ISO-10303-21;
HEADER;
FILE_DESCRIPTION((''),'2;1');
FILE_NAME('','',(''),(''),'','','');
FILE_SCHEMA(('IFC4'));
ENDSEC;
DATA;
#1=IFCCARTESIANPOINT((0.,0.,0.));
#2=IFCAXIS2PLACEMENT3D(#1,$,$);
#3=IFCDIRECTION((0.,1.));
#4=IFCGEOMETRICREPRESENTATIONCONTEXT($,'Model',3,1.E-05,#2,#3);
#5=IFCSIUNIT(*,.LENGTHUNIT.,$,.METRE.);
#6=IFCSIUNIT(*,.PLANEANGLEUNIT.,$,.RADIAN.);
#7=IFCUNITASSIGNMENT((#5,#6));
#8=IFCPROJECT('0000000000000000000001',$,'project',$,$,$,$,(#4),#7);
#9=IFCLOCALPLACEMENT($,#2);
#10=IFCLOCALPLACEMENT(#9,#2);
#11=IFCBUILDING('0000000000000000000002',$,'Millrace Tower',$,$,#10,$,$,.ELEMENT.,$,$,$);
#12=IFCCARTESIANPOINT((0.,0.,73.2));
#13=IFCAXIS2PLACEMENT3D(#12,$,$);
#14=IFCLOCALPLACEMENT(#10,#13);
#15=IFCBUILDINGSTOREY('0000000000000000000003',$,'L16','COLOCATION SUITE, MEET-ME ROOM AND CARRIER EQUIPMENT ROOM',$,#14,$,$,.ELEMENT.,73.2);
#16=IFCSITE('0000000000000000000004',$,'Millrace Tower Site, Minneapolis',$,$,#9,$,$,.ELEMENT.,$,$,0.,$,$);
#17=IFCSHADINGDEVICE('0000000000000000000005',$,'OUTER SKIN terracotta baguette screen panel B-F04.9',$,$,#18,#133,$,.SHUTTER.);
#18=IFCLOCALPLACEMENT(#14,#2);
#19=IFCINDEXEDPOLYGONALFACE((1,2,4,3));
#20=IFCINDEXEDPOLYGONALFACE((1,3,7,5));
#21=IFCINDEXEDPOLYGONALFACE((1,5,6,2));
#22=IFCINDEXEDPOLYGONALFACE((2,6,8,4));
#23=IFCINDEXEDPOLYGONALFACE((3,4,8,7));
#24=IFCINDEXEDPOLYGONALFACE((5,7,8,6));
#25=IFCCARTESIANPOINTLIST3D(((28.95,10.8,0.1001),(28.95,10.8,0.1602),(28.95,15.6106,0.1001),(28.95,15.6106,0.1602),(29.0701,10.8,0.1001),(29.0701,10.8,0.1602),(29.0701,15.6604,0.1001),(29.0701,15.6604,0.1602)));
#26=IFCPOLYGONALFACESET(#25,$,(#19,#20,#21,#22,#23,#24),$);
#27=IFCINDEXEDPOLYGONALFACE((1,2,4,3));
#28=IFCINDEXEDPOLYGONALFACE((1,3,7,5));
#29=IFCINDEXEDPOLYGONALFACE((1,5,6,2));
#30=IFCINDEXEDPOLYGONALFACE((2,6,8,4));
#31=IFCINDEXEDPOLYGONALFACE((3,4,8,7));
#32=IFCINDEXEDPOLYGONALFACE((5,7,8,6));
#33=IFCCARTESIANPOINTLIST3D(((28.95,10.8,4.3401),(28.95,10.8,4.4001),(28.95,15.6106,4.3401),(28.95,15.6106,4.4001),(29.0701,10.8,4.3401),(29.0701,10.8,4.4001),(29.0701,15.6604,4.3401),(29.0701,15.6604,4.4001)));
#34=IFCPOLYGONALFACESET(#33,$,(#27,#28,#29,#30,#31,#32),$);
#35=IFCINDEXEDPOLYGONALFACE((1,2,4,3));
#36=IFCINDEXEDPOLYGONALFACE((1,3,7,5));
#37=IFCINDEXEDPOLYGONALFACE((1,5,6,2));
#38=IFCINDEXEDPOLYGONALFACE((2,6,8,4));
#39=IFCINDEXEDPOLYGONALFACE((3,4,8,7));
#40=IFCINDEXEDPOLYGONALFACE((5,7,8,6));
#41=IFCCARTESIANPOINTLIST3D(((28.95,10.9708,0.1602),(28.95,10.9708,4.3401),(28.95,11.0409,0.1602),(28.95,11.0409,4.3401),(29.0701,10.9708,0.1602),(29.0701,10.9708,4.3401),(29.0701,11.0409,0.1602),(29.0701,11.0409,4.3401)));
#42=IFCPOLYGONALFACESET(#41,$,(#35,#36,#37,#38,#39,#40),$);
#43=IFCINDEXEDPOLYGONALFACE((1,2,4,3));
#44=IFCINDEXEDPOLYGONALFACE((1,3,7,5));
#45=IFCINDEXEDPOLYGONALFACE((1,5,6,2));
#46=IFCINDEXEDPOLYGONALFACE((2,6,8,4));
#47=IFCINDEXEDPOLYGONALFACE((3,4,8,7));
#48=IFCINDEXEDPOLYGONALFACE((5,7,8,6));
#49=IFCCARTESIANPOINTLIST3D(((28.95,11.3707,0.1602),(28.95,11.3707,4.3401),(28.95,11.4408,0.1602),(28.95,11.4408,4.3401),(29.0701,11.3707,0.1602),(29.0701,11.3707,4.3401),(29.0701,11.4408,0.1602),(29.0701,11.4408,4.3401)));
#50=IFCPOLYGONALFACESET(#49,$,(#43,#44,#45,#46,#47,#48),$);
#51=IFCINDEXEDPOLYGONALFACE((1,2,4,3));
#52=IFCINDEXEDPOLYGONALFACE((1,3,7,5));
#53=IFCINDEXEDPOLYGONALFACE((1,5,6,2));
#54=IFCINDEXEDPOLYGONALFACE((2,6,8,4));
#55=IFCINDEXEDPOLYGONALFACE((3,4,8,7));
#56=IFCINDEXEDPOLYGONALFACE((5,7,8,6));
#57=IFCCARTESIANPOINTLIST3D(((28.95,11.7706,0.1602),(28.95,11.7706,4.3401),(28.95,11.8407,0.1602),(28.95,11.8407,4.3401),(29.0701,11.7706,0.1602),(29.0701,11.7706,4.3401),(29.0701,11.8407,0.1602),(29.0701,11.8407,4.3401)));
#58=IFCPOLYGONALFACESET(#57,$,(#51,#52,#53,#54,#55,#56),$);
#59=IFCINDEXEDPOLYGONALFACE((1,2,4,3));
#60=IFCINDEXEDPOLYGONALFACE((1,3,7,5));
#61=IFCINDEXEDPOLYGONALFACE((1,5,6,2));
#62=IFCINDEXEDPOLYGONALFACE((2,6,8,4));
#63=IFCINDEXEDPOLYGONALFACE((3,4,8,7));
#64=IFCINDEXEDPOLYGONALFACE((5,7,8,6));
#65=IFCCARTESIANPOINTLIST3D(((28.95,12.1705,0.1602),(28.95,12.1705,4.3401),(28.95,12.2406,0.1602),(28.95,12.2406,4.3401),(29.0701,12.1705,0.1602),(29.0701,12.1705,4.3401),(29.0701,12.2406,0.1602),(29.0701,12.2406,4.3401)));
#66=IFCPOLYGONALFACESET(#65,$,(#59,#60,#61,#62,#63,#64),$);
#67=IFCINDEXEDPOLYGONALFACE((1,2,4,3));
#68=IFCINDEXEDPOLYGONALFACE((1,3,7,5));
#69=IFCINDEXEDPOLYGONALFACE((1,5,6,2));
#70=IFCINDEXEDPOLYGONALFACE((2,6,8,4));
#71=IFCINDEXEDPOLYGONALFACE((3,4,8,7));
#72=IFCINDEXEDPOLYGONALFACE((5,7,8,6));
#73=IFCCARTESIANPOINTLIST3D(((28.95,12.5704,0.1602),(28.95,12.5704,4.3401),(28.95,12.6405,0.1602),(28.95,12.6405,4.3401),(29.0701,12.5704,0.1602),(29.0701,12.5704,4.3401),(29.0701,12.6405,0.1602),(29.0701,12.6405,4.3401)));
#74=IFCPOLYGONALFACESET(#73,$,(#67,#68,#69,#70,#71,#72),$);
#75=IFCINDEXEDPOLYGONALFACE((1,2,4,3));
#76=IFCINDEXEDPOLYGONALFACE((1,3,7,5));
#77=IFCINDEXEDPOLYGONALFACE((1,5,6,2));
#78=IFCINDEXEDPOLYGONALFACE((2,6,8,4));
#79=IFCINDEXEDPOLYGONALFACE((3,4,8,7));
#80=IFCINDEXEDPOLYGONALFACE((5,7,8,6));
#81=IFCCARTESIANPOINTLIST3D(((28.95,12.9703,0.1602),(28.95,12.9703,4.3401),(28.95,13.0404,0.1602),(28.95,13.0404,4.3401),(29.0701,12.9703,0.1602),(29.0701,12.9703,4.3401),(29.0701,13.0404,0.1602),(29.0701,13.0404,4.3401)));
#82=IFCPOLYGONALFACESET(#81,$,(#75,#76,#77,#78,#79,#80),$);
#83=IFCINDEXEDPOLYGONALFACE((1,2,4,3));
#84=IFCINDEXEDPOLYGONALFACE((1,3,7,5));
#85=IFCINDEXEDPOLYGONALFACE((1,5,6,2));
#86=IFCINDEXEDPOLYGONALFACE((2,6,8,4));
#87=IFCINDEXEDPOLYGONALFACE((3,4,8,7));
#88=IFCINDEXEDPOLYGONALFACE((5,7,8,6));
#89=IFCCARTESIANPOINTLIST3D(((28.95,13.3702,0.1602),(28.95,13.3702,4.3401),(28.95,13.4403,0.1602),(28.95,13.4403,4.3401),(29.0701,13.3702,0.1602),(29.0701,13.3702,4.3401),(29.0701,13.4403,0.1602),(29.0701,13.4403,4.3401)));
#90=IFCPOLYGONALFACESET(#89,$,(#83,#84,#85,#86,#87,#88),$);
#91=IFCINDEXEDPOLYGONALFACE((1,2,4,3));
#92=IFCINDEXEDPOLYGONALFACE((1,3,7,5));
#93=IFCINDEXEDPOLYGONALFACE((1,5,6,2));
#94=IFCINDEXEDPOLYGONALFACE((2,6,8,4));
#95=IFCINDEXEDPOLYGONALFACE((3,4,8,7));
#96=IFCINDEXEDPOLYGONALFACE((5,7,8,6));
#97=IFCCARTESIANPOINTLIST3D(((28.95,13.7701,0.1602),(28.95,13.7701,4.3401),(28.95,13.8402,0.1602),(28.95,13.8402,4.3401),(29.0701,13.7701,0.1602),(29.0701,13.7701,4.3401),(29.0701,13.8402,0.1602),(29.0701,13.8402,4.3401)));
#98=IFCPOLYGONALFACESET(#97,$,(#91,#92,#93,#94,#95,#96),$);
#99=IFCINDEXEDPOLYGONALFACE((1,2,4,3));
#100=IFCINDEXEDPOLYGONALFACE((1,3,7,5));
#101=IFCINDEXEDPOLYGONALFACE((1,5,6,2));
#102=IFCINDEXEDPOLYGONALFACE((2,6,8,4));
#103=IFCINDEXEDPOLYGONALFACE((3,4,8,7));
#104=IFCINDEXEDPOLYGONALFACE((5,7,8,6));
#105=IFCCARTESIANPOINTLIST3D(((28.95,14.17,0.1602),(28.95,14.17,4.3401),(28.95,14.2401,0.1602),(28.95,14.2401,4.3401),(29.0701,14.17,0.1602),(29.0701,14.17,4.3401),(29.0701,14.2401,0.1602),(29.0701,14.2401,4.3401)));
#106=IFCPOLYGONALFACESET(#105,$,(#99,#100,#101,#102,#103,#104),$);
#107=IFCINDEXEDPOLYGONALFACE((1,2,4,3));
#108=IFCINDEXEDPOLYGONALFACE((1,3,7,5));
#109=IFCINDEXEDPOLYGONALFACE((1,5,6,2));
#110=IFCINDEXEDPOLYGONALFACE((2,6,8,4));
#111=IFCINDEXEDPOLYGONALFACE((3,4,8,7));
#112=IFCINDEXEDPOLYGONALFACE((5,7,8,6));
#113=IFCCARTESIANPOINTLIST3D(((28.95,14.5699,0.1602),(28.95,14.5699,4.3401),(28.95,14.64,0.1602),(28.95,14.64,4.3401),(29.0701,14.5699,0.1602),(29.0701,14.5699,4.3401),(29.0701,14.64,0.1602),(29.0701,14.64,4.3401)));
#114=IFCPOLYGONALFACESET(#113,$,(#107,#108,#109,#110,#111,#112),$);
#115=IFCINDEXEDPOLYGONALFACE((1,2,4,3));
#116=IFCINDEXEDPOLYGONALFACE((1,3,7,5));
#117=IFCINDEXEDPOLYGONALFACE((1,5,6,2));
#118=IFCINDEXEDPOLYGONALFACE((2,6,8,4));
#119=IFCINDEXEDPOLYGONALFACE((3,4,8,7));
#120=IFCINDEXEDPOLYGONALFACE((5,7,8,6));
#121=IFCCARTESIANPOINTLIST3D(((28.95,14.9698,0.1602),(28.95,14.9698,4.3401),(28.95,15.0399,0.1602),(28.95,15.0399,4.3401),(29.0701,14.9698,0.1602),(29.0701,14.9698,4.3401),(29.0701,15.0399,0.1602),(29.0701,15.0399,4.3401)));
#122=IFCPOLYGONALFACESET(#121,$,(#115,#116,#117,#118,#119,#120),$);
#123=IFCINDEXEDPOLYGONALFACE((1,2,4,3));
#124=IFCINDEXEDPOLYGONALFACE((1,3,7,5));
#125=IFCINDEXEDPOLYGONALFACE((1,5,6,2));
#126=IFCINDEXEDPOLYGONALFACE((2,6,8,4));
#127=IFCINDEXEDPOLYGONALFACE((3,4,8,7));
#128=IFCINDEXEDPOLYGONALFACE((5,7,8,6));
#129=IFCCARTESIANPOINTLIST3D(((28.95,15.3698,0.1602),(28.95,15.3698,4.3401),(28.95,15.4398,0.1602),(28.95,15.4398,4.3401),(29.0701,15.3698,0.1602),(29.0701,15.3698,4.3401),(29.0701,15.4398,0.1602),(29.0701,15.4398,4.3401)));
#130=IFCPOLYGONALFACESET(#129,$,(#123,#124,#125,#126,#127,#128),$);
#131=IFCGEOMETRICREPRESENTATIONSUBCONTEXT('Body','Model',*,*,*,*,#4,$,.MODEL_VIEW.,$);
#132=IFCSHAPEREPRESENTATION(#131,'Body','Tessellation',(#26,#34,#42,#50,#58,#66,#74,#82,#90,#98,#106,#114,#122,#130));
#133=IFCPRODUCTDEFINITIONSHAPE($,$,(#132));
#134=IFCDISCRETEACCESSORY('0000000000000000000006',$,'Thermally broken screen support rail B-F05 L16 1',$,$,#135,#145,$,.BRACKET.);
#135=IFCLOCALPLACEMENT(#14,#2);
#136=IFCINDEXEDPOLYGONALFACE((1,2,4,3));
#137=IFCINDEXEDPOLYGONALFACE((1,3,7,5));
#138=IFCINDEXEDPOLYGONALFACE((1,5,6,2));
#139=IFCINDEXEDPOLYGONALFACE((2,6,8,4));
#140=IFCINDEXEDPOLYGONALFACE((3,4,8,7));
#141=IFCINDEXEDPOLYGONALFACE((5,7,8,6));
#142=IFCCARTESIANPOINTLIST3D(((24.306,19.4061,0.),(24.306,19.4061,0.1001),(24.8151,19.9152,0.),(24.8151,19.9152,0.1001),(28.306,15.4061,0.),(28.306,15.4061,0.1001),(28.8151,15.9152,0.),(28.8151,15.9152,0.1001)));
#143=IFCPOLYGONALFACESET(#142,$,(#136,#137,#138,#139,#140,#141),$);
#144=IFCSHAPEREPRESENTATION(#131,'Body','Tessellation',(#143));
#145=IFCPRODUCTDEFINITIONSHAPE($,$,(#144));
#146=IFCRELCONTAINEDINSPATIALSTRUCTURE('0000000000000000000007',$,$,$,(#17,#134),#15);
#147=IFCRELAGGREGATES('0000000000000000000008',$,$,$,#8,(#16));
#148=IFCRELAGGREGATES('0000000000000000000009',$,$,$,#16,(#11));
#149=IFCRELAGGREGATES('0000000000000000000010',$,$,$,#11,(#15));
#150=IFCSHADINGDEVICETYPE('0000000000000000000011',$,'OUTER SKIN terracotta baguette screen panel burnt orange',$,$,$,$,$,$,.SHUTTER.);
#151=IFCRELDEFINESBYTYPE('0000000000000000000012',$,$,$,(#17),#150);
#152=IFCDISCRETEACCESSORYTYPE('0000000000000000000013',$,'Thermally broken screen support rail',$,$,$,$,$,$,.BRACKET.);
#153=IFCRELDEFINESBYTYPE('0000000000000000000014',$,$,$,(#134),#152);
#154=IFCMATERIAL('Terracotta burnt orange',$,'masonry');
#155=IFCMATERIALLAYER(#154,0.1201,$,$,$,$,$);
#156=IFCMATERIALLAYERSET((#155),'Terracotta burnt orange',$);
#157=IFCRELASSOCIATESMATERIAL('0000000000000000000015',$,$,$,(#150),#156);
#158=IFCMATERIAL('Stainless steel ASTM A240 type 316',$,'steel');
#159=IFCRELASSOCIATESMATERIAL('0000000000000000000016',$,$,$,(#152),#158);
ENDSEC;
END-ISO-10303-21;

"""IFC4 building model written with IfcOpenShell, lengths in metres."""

from ifc_helpers import new_model, entity, si_unit, direction, frame, frame_2d, origin, origin_2d, place, context, subcontext, project, spatial, rectangle, extrude, source, transform, mapped, material, layer, layer_set, type_object, element, save


model = new_model("IFC4")

# Units and contexts
model_context = context("Model", 3, precision=1e-05, world=origin(), true_north=direction((0.0, 1.0)))
body_context = subcontext(model_context, "Body", "Model", "MODEL_VIEW")
ifc_project = project(units=[si_unit("LENGTHUNIT", "METRE"), si_unit("PLANEANGLEUNIT", "RADIAN")], contexts=[model_context])

# Site, building, storey
site_placement = place(None, origin())
site = spatial("IfcSite", under=ifc_project, at=site_placement, Name="Millrace Tower Site, Minneapolis", CompositionType="ELEMENT", RefElevation=0.0)
building_placement = place(site_placement, origin())
building = spatial("IfcBuilding", under=site, at=building_placement, Name="Millrace Tower", CompositionType="ELEMENT")
storey_placement = place(building_placement, frame((0.0, 0.0, 73.2)))
storey = spatial("IfcBuildingStorey", under=building, at=storey_placement, Name="L16", Description="COLOCATION SUITE, MEET-ME ROOM AND CARRIER EQUIPMENT ROOM", CompositionType="ELEMENT", Elevation=73.2)

# Shading device
ifc_material_1 = material(Name="Terracotta burnt orange", Category="masonry")
ifc_layer_1 = layer(ifc_material_1, 0.1201)
ifc_layer_set_1 = layer_set([ifc_layer_1], Name="Terracotta burnt orange")
shading_device_type = type_object("IfcShadingDeviceType", Name="OUTER SKIN terracotta baguette screen panel burnt orange", PredefinedType="SHUTTER", material=ifc_layer_set_1)
cartesian_point_1 = entity("IfcCartesianPoint", [-2.4177, 0.0601])
shared_polyline_1 = entity("IfcPolyline", [cartesian_point_1, entity("IfcCartesianPoint", [2.3928, 0.0601]), entity("IfcCartesianPoint", [2.4426, -0.0601]), entity("IfcCartesianPoint", [-2.4177, -0.0601]), cartesian_point_1])
shared_shape_1 = source(origin(), body_context, "Body", "SweptSolid", [
    entity("IfcExtrudedAreaSolid", entity("IfcArbitraryClosedProfileDef", "AREA", None, shared_polyline_1), entity("IfcAxis2Placement3D", entity("IfcCartesianPoint", [0.0, 0.0, 0.0])), entity("IfcDirection", [0.0, 0.0, 1.0]), 0.0601),
    entity("IfcExtrudedAreaSolid", entity("IfcArbitraryClosedProfileDef", "AREA", None, shared_polyline_1), entity("IfcAxis2Placement3D", entity("IfcCartesianPoint", [0.0, 0.0, 4.24])), entity("IfcDirection", [0.0, 0.0, 1.0]), 0.0601),
    extrude(rectangle(XDim=0.0701, YDim=0.1201, at=frame_2d((-2.2119, 0.0))), frame((0.0, 0.0, 0.0601)), (0.0, 0.0, 1.0), 4.1799),
    extrude(rectangle(XDim=0.0701, YDim=0.1201, at=frame_2d((-1.812, 0.0))), frame((0.0, 0.0, 0.0601)), (0.0, 0.0, 1.0), 4.1799),
    extrude(rectangle(XDim=0.0701, YDim=0.1201, at=frame_2d((-1.4121, 0.0))), frame((0.0, 0.0, 0.0601)), (0.0, 0.0, 1.0), 4.1799),
    extrude(rectangle(XDim=0.0701, YDim=0.1201, at=frame_2d((-1.0122, 0.0))), frame((0.0, 0.0, 0.0601)), (0.0, 0.0, 1.0), 4.1799),
    extrude(rectangle(XDim=0.0701, YDim=0.1201, at=frame_2d((-0.6123, 0.0))), frame((0.0, 0.0, 0.0601)), (0.0, 0.0, 1.0), 4.1799),
    extrude(rectangle(XDim=0.0701, YDim=0.1201, at=frame_2d((-0.2124, 0.0))), frame((0.0, 0.0, 0.0601)), (0.0, 0.0, 1.0), 4.1799),
    extrude(rectangle(XDim=0.0701, YDim=0.1201, at=frame_2d((0.1875, 0.0))), frame((0.0, 0.0, 0.0601)), (0.0, 0.0, 1.0), 4.1799),
    extrude(rectangle(XDim=0.0701, YDim=0.1201, at=frame_2d((0.5874, 0.0))), frame((0.0, 0.0, 0.0601)), (0.0, 0.0, 1.0), 4.1799),
    extrude(rectangle(XDim=0.0701, YDim=0.1201, at=frame_2d((0.9873, 0.0))), frame((0.0, 0.0, 0.0601)), (0.0, 0.0, 1.0), 4.1799),
    extrude(rectangle(XDim=0.0701, YDim=0.1201, at=frame_2d((1.3872, 0.0))), frame((0.0, 0.0, 0.0601)), (0.0, 0.0, 1.0), 4.1799),
    extrude(rectangle(XDim=0.0701, YDim=0.1201, at=frame_2d((1.7871, 0.0))), frame((0.0, 0.0, 0.0601)), (0.0, 0.0, 1.0), 4.1799),
    extrude(rectangle(XDim=0.0701, YDim=0.1201, at=frame_2d((2.187, 0.0))), frame((0.0, 0.0, 0.0601)), (0.0, 0.0, 1.0), 4.1799),
])
shading_device_1_placement = place(storey_placement, frame((29.01, 13.2178, 0.1001), z_axis=(0.0, 0.0, 1.0), x_axis=(0.0, 1.0, 0.0)))
element("IfcShadingDevice", 1, at=shading_device_1_placement, inside=storey, type_object=shading_device_type, Name="OUTER SKIN terracotta baguette screen panel B-F04.9", PredefinedType="SHUTTER", context=body_context, shape_type="MappedRepresentation", body=[
    mapped(shared_shape_1, transform((0.0, 0.0, 0.0), scale=1.0)),
])

# Discrete accessory
ifc_material_2 = material(Name="Stainless steel ASTM A240 type 316", Category="steel")
discrete_accessory_type = type_object("IfcDiscreteAccessoryType", Name="Thermally broken screen support rail", PredefinedType="BRACKET", material=ifc_material_2)
discrete_accessory_placement = place(storey_placement, frame((26.5605, 17.6606, 0.0), z_axis=(0.0, 0.0, 1.0), x_axis=(-0.707107, 0.707107, 0.0)))
element("IfcDiscreteAccessory", 2, at=discrete_accessory_placement, inside=storey, type_object=discrete_accessory_type, Name="Thermally broken screen support rail B-F05 L16 1", PredefinedType="BRACKET", context=body_context, shape_type="SweptSolid", body=[
    extrude(rectangle(XDim=5.6567, YDim=0.72, at=origin_2d()), origin(), (0.0, 0.0, 1.0), 0.1001),
])

save(model, "model.ifc")
